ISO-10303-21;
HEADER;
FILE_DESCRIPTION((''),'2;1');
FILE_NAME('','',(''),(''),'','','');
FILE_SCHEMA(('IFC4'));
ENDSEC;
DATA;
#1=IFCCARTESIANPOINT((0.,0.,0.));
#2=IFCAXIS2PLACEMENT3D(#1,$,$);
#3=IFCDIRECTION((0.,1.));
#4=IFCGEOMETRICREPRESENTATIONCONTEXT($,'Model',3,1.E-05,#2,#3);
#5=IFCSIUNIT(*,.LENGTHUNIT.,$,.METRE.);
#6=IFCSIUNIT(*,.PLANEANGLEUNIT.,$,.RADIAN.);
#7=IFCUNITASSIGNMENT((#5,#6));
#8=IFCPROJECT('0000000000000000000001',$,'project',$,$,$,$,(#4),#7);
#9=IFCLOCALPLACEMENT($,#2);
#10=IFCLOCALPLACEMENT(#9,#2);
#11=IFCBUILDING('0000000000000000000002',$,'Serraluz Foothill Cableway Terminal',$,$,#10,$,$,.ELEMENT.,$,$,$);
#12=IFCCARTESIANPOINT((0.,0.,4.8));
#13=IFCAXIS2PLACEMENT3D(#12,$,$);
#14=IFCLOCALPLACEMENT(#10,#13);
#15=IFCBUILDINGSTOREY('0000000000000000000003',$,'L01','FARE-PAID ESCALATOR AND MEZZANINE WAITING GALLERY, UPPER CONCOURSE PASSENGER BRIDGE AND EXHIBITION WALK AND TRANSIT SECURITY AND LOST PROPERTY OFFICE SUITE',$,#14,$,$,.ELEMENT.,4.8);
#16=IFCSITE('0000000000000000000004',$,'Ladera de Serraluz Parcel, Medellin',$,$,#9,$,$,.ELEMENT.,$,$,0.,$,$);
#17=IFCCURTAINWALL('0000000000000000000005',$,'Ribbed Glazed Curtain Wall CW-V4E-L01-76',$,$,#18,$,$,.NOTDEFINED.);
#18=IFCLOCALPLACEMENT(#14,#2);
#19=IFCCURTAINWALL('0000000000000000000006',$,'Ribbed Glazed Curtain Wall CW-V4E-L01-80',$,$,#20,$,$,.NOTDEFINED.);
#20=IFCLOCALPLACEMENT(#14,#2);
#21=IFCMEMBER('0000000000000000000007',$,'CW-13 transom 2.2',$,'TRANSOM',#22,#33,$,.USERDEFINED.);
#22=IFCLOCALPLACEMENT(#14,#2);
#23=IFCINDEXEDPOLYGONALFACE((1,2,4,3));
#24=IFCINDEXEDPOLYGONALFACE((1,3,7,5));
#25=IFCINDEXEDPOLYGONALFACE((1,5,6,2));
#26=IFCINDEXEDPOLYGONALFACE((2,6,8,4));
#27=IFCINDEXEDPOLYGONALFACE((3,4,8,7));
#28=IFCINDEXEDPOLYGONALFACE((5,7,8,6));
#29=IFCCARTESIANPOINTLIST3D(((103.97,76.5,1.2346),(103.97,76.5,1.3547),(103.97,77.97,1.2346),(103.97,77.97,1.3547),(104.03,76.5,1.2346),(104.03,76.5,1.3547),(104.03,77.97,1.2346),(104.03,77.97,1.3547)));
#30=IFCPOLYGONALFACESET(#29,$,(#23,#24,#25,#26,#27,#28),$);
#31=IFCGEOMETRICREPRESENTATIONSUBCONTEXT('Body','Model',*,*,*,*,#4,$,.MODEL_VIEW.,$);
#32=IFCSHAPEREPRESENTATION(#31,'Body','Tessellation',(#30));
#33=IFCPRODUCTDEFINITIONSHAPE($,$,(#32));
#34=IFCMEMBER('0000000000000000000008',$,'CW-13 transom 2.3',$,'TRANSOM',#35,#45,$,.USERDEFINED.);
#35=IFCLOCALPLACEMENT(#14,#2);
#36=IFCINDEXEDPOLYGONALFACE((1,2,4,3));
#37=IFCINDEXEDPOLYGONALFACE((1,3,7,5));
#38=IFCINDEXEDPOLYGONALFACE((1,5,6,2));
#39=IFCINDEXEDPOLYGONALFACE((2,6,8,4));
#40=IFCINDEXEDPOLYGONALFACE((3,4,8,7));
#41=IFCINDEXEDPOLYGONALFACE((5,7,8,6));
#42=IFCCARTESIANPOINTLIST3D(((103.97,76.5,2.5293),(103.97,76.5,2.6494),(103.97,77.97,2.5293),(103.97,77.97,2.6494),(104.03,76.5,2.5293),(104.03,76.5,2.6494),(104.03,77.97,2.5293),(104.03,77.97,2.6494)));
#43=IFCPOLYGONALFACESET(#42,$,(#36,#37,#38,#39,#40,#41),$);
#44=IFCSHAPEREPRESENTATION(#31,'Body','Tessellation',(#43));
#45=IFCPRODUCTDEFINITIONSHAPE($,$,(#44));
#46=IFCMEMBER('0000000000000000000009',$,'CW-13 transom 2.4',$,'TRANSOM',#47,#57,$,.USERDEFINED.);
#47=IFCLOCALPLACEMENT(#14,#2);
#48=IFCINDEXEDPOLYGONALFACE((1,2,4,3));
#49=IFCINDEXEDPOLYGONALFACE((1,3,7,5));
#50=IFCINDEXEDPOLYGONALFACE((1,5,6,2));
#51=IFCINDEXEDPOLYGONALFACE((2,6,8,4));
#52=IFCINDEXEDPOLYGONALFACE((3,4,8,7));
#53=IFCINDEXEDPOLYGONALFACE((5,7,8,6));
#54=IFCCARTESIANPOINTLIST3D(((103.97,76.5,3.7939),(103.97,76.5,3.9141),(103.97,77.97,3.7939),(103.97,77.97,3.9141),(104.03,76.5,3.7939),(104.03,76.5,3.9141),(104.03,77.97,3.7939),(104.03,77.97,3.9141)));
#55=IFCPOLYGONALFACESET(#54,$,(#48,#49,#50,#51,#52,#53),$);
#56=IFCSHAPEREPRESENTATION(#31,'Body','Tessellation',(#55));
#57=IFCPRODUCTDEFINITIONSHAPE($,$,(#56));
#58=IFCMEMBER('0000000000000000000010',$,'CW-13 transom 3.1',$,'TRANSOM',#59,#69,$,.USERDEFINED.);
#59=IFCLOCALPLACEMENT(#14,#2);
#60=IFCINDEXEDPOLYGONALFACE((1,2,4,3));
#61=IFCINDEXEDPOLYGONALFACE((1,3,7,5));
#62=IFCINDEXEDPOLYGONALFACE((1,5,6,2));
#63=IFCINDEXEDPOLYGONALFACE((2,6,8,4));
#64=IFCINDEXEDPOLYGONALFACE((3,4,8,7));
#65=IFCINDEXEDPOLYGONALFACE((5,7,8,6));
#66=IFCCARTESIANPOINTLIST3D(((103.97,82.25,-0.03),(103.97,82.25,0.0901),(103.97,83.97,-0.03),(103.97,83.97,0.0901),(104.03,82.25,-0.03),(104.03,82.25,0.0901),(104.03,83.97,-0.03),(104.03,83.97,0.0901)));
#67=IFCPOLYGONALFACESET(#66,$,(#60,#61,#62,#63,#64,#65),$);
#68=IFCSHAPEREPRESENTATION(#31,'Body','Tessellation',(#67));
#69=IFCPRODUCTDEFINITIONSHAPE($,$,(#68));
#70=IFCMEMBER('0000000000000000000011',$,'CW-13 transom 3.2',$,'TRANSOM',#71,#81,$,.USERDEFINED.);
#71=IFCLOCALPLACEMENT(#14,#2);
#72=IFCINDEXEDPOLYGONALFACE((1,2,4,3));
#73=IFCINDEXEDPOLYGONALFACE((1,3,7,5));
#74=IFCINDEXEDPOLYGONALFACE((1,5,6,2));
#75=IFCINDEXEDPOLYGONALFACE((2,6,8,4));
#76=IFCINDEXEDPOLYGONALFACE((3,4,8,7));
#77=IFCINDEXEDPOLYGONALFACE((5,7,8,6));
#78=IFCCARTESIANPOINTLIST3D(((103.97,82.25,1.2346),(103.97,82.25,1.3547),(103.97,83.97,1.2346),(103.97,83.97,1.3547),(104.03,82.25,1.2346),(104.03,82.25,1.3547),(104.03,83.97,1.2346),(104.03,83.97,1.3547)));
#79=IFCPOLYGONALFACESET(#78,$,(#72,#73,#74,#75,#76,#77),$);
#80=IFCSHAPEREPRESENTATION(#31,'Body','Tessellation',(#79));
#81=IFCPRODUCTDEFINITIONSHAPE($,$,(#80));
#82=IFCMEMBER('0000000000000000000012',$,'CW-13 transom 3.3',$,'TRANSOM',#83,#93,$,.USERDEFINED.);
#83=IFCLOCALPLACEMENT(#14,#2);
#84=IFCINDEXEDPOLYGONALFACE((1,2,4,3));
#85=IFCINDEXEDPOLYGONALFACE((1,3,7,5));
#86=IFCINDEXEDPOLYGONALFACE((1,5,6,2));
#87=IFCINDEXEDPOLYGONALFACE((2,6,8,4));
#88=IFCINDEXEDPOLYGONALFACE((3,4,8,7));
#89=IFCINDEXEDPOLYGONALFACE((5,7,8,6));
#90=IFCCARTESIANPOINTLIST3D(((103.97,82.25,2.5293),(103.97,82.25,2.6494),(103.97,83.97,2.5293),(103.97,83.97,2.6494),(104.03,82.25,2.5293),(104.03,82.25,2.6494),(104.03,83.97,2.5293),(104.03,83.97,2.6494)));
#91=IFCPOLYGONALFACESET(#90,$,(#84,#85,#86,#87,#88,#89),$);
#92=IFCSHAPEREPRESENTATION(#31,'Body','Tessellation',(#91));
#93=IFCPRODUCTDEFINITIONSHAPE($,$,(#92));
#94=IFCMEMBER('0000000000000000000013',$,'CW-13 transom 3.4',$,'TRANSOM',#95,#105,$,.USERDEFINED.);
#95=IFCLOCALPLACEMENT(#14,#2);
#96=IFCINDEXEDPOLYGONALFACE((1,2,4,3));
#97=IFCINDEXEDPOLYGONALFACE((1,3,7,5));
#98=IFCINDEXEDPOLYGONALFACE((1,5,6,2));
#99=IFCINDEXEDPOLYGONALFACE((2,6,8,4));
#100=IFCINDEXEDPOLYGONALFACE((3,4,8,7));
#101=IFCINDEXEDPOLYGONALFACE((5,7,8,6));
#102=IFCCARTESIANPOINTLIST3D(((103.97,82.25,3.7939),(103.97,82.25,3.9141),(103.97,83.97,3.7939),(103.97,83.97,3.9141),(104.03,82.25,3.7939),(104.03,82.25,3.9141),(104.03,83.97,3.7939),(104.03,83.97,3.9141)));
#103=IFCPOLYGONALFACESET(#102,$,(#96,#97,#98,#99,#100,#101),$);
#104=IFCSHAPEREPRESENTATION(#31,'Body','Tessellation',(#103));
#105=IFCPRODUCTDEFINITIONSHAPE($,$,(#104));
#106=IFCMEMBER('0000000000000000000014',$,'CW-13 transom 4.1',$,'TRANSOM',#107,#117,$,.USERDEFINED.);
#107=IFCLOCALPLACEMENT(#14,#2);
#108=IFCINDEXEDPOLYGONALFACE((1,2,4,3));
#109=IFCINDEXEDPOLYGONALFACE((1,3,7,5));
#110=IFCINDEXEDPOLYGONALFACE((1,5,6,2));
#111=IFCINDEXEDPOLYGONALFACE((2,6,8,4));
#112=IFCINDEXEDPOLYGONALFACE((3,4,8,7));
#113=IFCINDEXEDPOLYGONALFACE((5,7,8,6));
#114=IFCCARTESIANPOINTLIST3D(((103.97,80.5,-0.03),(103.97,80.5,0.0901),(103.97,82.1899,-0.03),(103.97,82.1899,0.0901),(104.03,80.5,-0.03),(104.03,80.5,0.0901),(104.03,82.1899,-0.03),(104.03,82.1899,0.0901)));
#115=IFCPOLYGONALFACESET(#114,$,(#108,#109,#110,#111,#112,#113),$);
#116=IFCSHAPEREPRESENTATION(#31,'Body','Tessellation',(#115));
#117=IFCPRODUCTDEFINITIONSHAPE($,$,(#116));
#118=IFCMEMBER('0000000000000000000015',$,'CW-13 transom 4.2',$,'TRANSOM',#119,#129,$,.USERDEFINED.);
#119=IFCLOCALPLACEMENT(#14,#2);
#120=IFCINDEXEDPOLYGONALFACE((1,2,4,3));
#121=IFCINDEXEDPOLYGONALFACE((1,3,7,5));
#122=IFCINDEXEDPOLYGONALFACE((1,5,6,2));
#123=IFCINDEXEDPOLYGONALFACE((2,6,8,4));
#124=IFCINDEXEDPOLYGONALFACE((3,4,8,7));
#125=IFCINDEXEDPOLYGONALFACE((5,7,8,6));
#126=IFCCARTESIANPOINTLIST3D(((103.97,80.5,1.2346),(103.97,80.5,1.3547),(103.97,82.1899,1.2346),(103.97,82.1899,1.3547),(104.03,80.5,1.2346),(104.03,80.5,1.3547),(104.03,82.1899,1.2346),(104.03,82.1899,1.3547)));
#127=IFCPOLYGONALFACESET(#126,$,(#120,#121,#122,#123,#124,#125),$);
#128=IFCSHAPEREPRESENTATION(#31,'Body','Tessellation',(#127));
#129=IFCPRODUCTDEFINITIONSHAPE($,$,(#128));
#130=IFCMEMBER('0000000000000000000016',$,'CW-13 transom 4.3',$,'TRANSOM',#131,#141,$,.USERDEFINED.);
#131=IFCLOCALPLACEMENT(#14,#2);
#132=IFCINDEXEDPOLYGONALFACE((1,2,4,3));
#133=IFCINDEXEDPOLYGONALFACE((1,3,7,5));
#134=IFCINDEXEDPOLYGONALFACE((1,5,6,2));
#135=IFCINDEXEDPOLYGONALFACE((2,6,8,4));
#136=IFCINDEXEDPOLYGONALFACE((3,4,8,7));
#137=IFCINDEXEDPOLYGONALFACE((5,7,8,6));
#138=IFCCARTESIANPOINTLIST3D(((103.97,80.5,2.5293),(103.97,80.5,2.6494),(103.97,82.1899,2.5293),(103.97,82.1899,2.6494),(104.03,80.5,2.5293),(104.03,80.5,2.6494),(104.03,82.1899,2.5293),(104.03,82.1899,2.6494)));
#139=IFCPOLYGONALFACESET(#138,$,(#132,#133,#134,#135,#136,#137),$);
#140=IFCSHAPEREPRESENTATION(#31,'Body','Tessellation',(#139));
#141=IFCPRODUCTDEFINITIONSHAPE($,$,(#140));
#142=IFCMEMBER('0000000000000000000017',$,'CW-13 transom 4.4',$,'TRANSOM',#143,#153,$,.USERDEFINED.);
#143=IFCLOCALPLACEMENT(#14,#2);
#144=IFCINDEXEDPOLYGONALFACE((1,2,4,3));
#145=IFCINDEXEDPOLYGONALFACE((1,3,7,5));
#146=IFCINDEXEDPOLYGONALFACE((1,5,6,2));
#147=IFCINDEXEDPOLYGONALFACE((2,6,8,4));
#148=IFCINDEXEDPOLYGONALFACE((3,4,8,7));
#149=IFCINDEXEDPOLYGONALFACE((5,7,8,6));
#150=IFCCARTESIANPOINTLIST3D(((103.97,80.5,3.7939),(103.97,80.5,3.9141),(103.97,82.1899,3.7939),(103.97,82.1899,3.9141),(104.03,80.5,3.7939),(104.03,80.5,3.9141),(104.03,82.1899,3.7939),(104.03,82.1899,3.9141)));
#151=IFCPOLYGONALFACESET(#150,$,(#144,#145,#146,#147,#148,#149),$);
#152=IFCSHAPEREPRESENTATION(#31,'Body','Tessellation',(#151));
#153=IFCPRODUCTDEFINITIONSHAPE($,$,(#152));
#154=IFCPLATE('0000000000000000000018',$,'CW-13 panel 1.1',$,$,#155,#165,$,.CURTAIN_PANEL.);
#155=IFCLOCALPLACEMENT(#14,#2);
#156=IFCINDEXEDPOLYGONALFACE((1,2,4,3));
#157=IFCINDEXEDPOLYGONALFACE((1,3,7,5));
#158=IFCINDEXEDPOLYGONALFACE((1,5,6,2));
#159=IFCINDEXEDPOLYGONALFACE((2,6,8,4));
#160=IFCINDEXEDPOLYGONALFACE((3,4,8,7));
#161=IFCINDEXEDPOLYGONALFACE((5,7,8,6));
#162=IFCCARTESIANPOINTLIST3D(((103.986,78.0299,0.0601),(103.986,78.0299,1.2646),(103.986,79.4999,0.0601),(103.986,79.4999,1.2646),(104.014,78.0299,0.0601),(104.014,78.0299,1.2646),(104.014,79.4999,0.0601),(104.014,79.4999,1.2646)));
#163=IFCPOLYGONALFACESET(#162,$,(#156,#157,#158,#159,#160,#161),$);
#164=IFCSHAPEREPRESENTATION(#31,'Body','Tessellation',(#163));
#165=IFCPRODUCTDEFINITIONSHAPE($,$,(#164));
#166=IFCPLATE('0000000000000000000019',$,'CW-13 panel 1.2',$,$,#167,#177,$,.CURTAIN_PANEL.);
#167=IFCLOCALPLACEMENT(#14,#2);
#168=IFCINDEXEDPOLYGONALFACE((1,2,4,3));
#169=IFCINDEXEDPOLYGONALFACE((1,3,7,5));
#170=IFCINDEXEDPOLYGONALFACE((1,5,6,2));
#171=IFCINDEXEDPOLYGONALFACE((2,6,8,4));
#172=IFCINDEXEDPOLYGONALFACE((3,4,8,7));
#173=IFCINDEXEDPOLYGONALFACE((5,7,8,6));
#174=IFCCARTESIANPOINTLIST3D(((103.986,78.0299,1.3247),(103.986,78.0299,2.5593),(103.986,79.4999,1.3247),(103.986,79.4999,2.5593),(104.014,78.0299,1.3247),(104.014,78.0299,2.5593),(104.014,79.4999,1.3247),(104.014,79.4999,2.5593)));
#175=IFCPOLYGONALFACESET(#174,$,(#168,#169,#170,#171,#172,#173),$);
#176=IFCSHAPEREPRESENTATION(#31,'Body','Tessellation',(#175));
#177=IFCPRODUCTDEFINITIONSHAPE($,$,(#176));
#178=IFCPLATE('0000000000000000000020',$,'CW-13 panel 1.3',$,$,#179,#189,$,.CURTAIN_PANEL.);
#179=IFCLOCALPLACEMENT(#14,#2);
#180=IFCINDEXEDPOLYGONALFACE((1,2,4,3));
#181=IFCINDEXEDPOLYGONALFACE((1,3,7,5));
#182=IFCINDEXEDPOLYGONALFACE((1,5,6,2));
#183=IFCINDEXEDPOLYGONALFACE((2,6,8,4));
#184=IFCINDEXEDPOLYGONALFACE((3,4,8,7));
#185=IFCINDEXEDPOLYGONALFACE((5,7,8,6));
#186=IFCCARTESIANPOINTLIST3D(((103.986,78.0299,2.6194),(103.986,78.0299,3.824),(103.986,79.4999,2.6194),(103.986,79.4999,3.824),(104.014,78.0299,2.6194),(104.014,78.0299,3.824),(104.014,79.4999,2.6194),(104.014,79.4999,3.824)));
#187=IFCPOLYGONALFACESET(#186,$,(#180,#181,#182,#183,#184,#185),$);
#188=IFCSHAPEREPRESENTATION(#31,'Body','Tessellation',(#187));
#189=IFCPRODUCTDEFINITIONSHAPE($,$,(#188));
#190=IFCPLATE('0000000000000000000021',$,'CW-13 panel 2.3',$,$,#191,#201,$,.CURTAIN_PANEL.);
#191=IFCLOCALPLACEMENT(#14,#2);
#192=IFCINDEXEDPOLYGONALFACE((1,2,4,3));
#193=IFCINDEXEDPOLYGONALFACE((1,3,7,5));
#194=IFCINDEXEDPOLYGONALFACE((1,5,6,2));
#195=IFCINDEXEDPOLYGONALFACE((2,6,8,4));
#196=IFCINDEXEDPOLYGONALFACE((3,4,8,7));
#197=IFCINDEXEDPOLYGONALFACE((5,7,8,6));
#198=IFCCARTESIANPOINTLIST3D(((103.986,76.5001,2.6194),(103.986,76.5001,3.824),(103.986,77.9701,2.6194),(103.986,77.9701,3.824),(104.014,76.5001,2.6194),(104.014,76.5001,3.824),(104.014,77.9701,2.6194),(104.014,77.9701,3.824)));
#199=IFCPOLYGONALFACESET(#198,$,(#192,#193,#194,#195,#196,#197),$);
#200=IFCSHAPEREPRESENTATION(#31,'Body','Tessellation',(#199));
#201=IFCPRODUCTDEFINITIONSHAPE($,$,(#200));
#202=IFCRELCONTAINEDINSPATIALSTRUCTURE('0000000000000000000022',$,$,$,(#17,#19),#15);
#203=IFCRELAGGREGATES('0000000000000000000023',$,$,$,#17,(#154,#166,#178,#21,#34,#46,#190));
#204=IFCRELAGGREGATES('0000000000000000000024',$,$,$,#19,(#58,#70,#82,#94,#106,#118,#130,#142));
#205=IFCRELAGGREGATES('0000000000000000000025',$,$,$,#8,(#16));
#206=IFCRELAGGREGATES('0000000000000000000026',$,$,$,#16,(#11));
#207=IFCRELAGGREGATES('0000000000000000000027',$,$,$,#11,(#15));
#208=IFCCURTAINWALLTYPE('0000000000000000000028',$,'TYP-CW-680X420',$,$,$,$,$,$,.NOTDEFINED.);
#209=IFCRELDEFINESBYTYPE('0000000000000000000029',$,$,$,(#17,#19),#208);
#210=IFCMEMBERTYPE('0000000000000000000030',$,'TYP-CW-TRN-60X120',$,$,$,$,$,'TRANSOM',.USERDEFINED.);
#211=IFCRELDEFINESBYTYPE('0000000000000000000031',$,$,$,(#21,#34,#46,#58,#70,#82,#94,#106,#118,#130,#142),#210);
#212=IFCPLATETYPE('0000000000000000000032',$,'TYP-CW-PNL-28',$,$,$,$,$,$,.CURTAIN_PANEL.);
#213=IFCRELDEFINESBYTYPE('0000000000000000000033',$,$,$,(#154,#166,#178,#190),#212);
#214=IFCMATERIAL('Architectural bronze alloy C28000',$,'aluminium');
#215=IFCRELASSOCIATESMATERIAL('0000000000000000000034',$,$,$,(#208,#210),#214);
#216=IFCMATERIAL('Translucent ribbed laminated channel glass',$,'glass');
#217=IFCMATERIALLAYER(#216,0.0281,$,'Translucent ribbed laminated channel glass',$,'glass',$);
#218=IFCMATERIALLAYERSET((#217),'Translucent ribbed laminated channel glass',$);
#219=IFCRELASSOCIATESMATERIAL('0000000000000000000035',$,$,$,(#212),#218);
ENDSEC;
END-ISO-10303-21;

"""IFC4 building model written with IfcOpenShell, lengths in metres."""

from ifc_helpers import new_model, si_unit, direction, frame, origin, origin_2d, place, context, subcontext, project, spatial, rectangle, extrude, material, layer, layer_set, material_profile, profile_set, type_object, element, aggregate, save


model = new_model("IFC4")

# Units and contexts
model_context = context("Model", 3, precision=1e-05, world=origin(), true_north=direction((0.0, 1.0)))
body_context = subcontext(model_context, "Body", "Model", "MODEL_VIEW")
ifc_project = project(units=[si_unit("LENGTHUNIT", "METRE"), si_unit("PLANEANGLEUNIT", "RADIAN")], contexts=[model_context])

# Site, building, storey
site_placement = place(None, origin())
site = spatial("IfcSite", under=ifc_project, at=site_placement, Name="Ladera de Serraluz Parcel, Medellin", CompositionType="ELEMENT", RefElevation=0.0)
building_placement = place(site_placement, origin())
building = spatial("IfcBuilding", under=site, at=building_placement, Name="Serraluz Foothill Cableway Terminal", CompositionType="ELEMENT")
storey_placement = place(building_placement, frame((0.0, 0.0, 4.8)))
storey = spatial("IfcBuildingStorey", under=building, at=storey_placement, Name="L01", Description="FARE-PAID ESCALATOR AND MEZZANINE WAITING GALLERY, UPPER CONCOURSE PASSENGER BRIDGE AND EXHIBITION WALK AND TRANSIT SECURITY AND LOST PROPERTY OFFICE SUITE", CompositionType="ELEMENT", Elevation=4.8)

# Curtain walls
ifc_material_1 = material(Name="Architectural bronze alloy C28000", Category="aluminium")
curtain_wall_type = type_object("IfcCurtainWallType", Name="TYP-CW-680X420", PredefinedType="NOTDEFINED", material=ifc_material_1)
curtain_wall_1_placement = place(storey_placement, origin())
curtain_wall_1 = element("IfcCurtainWall", 1, at=curtain_wall_1_placement, inside=storey, type_object=curtain_wall_type, Name="Ribbed Glazed Curtain Wall CW-V4E-L01-76", PredefinedType="NOTDEFINED")
curtain_wall_2_placement = place(storey_placement, origin())
curtain_wall_2 = element("IfcCurtainWall", 2, at=curtain_wall_2_placement, inside=storey, type_object=curtain_wall_type, Name="Ribbed Glazed Curtain Wall CW-V4E-L01-80", PredefinedType="NOTDEFINED")

# Members
ifc_material_profile_1 = material_profile(ifc_material_1, rectangle(XDim=0.0601, YDim=0.1201, at=origin_2d()), Name="ALU TRANSOM 60x120")
ifc_profile_set_1 = profile_set([ifc_material_profile_1], Name="Architectural bronze alloy C28000")
member_type_1 = type_object("IfcMemberType", Name="TYP-CW-TRN-60X120", ElementType="TRANSOM", PredefinedType="USERDEFINED", material=ifc_profile_set_1)
member_1_placement = place(storey_placement, frame((104.0, 77.97, 1.2947), z_axis=(0.0, -1.0, 0.0), x_axis=(1.0, 0.0, 0.0)))
member_1 = element("IfcMember", 3, at=member_1_placement, type_object=member_type_1, Name="CW-13 transom 2.2", ObjectType="TRANSOM", PredefinedType="USERDEFINED", context=body_context, shape_type="SweptSolid", body=[
    extrude(rectangle(XDim=0.0601, YDim=0.1201, at=origin_2d()), origin(), (0.0, 0.0, 1.0), 1.47),
])
member_2_placement = place(storey_placement, frame((104.0, 77.97, 2.5894), z_axis=(0.0, -1.0, 0.0), x_axis=(1.0, 0.0, 0.0)))
member_2 = element("IfcMember", 4, at=member_2_placement, type_object=member_type_1, Name="CW-13 transom 2.3", ObjectType="TRANSOM", PredefinedType="USERDEFINED", context=body_context, shape_type="SweptSolid", body=[
    extrude(rectangle(XDim=0.0601, YDim=0.1201, at=origin_2d()), origin(), (0.0, 0.0, 1.0), 1.47),
])
member_3_placement = place(storey_placement, frame((104.0, 77.97, 3.854), z_axis=(0.0, -1.0, 0.0), x_axis=(1.0, 0.0, 0.0)))
member_3 = element("IfcMember", 5, at=member_3_placement, type_object=member_type_1, Name="CW-13 transom 2.4", ObjectType="TRANSOM", PredefinedType="USERDEFINED", context=body_context, shape_type="SweptSolid", body=[
    extrude(rectangle(XDim=0.0601, YDim=0.1201, at=origin_2d()), origin(), (0.0, 0.0, 1.0), 1.47),
])
member_4_placement = place(storey_placement, frame((104.0, 83.97, 0.03), z_axis=(0.0, -1.0, 0.0), x_axis=(1.0, 0.0, 0.0)))
member_4 = element("IfcMember", 6, at=member_4_placement, type_object=member_type_1, Name="CW-13 transom 3.1", ObjectType="TRANSOM", PredefinedType="USERDEFINED", context=body_context, shape_type="SweptSolid", body=[
    extrude(rectangle(XDim=0.0601, YDim=0.1201, at=origin_2d()), origin(), (0.0, 0.0, 1.0), 1.72),
])
member_5_placement = place(storey_placement, frame((104.0, 83.97, 1.2947), z_axis=(0.0, -1.0, 0.0), x_axis=(1.0, 0.0, 0.0)))
member_5 = element("IfcMember", 7, at=member_5_placement, type_object=member_type_1, Name="CW-13 transom 3.2", ObjectType="TRANSOM", PredefinedType="USERDEFINED", context=body_context, shape_type="SweptSolid", body=[
    extrude(rectangle(XDim=0.0601, YDim=0.1201, at=origin_2d()), origin(), (0.0, 0.0, 1.0), 1.72),
])
member_6_placement = place(storey_placement, frame((104.0, 83.97, 2.5894), z_axis=(0.0, -1.0, 0.0), x_axis=(1.0, 0.0, 0.0)))
member_6 = element("IfcMember", 8, at=member_6_placement, type_object=member_type_1, Name="CW-13 transom 3.3", ObjectType="TRANSOM", PredefinedType="USERDEFINED", context=body_context, shape_type="SweptSolid", body=[
    extrude(rectangle(XDim=0.0601, YDim=0.1201, at=origin_2d()), origin(), (0.0, 0.0, 1.0), 1.72),
])
member_7_placement = place(storey_placement, frame((104.0, 83.97, 3.854), z_axis=(0.0, -1.0, 0.0), x_axis=(1.0, 0.0, 0.0)))
member_7 = element("IfcMember", 9, at=member_7_placement, type_object=member_type_1, Name="CW-13 transom 3.4", ObjectType="TRANSOM", PredefinedType="USERDEFINED", context=body_context, shape_type="SweptSolid", body=[
    extrude(rectangle(XDim=0.0601, YDim=0.1201, at=origin_2d()), origin(), (0.0, 0.0, 1.0), 1.72),
])
member_8_placement = place(storey_placement, frame((104.0, 82.1899, 0.03), z_axis=(0.0, -1.0, 0.0), x_axis=(1.0, 0.0, 0.0)))
member_8 = element("IfcMember", 10, at=member_8_placement, type_object=member_type_1, Name="CW-13 transom 4.1", ObjectType="TRANSOM", PredefinedType="USERDEFINED", context=body_context, shape_type="SweptSolid", body=[
    extrude(rectangle(XDim=0.0601, YDim=0.1201, at=origin_2d()), origin(), (0.0, 0.0, 1.0), 1.6899),
])
member_9_placement = place(storey_placement, frame((104.0, 82.1899, 1.2947), z_axis=(0.0, -1.0, 0.0), x_axis=(1.0, 0.0, 0.0)))
member_9 = element("IfcMember", 11, at=member_9_placement, type_object=member_type_1, Name="CW-13 transom 4.2", ObjectType="TRANSOM", PredefinedType="USERDEFINED", context=body_context, shape_type="SweptSolid", body=[
    extrude(rectangle(XDim=0.0601, YDim=0.1201, at=origin_2d()), origin(), (0.0, 0.0, 1.0), 1.6899),
])
member_10_placement = place(storey_placement, frame((104.0, 82.1899, 2.5894), z_axis=(0.0, -1.0, 0.0), x_axis=(1.0, 0.0, 0.0)))
member_10 = element("IfcMember", 12, at=member_10_placement, type_object=member_type_1, Name="CW-13 transom 4.3", ObjectType="TRANSOM", PredefinedType="USERDEFINED", context=body_context, shape_type="SweptSolid", body=[
    extrude(rectangle(XDim=0.0601, YDim=0.1201, at=origin_2d()), origin(), (0.0, 0.0, 1.0), 1.6899),
])
member_11_placement = place(storey_placement, frame((104.0, 82.1899, 3.854), z_axis=(0.0, -1.0, 0.0), x_axis=(1.0, 0.0, 0.0)))
member_11 = element("IfcMember", 13, at=member_11_placement, type_object=member_type_1, Name="CW-13 transom 4.4", ObjectType="TRANSOM", PredefinedType="USERDEFINED", context=body_context, shape_type="SweptSolid", body=[
    extrude(rectangle(XDim=0.0601, YDim=0.1201, at=origin_2d()), origin(), (0.0, 0.0, 1.0), 1.6899),
])

# Plates
ifc_material_2 = material(Name="Translucent ribbed laminated channel glass", Category="glass")
ifc_layer = layer(ifc_material_2, 0.0281, Name="Translucent ribbed laminated channel glass", Category="glass")
ifc_layer_set = layer_set([ifc_layer], Name="Translucent ribbed laminated channel glass")
plate_type = type_object("IfcPlateType", Name="TYP-CW-PNL-28", PredefinedType="CURTAIN_PANEL", material=ifc_layer_set)
plate_1_placement = place(storey_placement, frame((104.0, 78.7649, 0.0601), z_axis=(0.0, 0.0, 1.0), x_axis=(0.0, -1.0, 0.0)))
plate_1 = element("IfcPlate", 14, at=plate_1_placement, type_object=plate_type, Name="CW-13 panel 1.1", PredefinedType="CURTAIN_PANEL", context=body_context, shape_type="SweptSolid", body=[
    extrude(rectangle(XDim=1.47, YDim=0.0281, at=origin_2d()), origin(), (0.0, 0.0, 1.0), 1.2046),
])
plate_2_placement = place(storey_placement, frame((104.0, 78.7649, 1.3247), z_axis=(0.0, 0.0, 1.0), x_axis=(0.0, -1.0, 0.0)))
plate_2 = element("IfcPlate", 15, at=plate_2_placement, type_object=plate_type, Name="CW-13 panel 1.2", PredefinedType="CURTAIN_PANEL", context=body_context, shape_type="SweptSolid", body=[
    extrude(rectangle(XDim=1.47, YDim=0.0281, at=origin_2d()), origin(), (0.0, 0.0, 1.0), 1.2346),
])
plate_3_placement = place(storey_placement, frame((104.0, 78.7649, 2.6194), z_axis=(0.0, 0.0, 1.0), x_axis=(0.0, -1.0, 0.0)))
plate_3 = element("IfcPlate", 16, at=plate_3_placement, type_object=plate_type, Name="CW-13 panel 1.3", PredefinedType="CURTAIN_PANEL", context=body_context, shape_type="SweptSolid", body=[
    extrude(rectangle(XDim=1.47, YDim=0.0281, at=origin_2d()), origin(), (0.0, 0.0, 1.0), 1.2046),
])
plate_4_placement = place(storey_placement, frame((104.0, 77.2351, 2.6194), z_axis=(0.0, 0.0, 1.0), x_axis=(0.0, -1.0, 0.0)))
plate_4 = element("IfcPlate", 17, at=plate_4_placement, type_object=plate_type, Name="CW-13 panel 2.3", PredefinedType="CURTAIN_PANEL", context=body_context, shape_type="SweptSolid", body=[
    extrude(rectangle(XDim=1.47, YDim=0.0281, at=origin_2d()), origin(), (0.0, 0.0, 1.0), 1.2046),
])
aggregate(curtain_wall_1, [plate_1, plate_2, plate_3, member_1, member_2, member_3, plate_4])
aggregate(curtain_wall_2, [member_4, member_5, member_6, member_7, member_8, member_9, member_10, member_11])

save(model, "model.ifc")
